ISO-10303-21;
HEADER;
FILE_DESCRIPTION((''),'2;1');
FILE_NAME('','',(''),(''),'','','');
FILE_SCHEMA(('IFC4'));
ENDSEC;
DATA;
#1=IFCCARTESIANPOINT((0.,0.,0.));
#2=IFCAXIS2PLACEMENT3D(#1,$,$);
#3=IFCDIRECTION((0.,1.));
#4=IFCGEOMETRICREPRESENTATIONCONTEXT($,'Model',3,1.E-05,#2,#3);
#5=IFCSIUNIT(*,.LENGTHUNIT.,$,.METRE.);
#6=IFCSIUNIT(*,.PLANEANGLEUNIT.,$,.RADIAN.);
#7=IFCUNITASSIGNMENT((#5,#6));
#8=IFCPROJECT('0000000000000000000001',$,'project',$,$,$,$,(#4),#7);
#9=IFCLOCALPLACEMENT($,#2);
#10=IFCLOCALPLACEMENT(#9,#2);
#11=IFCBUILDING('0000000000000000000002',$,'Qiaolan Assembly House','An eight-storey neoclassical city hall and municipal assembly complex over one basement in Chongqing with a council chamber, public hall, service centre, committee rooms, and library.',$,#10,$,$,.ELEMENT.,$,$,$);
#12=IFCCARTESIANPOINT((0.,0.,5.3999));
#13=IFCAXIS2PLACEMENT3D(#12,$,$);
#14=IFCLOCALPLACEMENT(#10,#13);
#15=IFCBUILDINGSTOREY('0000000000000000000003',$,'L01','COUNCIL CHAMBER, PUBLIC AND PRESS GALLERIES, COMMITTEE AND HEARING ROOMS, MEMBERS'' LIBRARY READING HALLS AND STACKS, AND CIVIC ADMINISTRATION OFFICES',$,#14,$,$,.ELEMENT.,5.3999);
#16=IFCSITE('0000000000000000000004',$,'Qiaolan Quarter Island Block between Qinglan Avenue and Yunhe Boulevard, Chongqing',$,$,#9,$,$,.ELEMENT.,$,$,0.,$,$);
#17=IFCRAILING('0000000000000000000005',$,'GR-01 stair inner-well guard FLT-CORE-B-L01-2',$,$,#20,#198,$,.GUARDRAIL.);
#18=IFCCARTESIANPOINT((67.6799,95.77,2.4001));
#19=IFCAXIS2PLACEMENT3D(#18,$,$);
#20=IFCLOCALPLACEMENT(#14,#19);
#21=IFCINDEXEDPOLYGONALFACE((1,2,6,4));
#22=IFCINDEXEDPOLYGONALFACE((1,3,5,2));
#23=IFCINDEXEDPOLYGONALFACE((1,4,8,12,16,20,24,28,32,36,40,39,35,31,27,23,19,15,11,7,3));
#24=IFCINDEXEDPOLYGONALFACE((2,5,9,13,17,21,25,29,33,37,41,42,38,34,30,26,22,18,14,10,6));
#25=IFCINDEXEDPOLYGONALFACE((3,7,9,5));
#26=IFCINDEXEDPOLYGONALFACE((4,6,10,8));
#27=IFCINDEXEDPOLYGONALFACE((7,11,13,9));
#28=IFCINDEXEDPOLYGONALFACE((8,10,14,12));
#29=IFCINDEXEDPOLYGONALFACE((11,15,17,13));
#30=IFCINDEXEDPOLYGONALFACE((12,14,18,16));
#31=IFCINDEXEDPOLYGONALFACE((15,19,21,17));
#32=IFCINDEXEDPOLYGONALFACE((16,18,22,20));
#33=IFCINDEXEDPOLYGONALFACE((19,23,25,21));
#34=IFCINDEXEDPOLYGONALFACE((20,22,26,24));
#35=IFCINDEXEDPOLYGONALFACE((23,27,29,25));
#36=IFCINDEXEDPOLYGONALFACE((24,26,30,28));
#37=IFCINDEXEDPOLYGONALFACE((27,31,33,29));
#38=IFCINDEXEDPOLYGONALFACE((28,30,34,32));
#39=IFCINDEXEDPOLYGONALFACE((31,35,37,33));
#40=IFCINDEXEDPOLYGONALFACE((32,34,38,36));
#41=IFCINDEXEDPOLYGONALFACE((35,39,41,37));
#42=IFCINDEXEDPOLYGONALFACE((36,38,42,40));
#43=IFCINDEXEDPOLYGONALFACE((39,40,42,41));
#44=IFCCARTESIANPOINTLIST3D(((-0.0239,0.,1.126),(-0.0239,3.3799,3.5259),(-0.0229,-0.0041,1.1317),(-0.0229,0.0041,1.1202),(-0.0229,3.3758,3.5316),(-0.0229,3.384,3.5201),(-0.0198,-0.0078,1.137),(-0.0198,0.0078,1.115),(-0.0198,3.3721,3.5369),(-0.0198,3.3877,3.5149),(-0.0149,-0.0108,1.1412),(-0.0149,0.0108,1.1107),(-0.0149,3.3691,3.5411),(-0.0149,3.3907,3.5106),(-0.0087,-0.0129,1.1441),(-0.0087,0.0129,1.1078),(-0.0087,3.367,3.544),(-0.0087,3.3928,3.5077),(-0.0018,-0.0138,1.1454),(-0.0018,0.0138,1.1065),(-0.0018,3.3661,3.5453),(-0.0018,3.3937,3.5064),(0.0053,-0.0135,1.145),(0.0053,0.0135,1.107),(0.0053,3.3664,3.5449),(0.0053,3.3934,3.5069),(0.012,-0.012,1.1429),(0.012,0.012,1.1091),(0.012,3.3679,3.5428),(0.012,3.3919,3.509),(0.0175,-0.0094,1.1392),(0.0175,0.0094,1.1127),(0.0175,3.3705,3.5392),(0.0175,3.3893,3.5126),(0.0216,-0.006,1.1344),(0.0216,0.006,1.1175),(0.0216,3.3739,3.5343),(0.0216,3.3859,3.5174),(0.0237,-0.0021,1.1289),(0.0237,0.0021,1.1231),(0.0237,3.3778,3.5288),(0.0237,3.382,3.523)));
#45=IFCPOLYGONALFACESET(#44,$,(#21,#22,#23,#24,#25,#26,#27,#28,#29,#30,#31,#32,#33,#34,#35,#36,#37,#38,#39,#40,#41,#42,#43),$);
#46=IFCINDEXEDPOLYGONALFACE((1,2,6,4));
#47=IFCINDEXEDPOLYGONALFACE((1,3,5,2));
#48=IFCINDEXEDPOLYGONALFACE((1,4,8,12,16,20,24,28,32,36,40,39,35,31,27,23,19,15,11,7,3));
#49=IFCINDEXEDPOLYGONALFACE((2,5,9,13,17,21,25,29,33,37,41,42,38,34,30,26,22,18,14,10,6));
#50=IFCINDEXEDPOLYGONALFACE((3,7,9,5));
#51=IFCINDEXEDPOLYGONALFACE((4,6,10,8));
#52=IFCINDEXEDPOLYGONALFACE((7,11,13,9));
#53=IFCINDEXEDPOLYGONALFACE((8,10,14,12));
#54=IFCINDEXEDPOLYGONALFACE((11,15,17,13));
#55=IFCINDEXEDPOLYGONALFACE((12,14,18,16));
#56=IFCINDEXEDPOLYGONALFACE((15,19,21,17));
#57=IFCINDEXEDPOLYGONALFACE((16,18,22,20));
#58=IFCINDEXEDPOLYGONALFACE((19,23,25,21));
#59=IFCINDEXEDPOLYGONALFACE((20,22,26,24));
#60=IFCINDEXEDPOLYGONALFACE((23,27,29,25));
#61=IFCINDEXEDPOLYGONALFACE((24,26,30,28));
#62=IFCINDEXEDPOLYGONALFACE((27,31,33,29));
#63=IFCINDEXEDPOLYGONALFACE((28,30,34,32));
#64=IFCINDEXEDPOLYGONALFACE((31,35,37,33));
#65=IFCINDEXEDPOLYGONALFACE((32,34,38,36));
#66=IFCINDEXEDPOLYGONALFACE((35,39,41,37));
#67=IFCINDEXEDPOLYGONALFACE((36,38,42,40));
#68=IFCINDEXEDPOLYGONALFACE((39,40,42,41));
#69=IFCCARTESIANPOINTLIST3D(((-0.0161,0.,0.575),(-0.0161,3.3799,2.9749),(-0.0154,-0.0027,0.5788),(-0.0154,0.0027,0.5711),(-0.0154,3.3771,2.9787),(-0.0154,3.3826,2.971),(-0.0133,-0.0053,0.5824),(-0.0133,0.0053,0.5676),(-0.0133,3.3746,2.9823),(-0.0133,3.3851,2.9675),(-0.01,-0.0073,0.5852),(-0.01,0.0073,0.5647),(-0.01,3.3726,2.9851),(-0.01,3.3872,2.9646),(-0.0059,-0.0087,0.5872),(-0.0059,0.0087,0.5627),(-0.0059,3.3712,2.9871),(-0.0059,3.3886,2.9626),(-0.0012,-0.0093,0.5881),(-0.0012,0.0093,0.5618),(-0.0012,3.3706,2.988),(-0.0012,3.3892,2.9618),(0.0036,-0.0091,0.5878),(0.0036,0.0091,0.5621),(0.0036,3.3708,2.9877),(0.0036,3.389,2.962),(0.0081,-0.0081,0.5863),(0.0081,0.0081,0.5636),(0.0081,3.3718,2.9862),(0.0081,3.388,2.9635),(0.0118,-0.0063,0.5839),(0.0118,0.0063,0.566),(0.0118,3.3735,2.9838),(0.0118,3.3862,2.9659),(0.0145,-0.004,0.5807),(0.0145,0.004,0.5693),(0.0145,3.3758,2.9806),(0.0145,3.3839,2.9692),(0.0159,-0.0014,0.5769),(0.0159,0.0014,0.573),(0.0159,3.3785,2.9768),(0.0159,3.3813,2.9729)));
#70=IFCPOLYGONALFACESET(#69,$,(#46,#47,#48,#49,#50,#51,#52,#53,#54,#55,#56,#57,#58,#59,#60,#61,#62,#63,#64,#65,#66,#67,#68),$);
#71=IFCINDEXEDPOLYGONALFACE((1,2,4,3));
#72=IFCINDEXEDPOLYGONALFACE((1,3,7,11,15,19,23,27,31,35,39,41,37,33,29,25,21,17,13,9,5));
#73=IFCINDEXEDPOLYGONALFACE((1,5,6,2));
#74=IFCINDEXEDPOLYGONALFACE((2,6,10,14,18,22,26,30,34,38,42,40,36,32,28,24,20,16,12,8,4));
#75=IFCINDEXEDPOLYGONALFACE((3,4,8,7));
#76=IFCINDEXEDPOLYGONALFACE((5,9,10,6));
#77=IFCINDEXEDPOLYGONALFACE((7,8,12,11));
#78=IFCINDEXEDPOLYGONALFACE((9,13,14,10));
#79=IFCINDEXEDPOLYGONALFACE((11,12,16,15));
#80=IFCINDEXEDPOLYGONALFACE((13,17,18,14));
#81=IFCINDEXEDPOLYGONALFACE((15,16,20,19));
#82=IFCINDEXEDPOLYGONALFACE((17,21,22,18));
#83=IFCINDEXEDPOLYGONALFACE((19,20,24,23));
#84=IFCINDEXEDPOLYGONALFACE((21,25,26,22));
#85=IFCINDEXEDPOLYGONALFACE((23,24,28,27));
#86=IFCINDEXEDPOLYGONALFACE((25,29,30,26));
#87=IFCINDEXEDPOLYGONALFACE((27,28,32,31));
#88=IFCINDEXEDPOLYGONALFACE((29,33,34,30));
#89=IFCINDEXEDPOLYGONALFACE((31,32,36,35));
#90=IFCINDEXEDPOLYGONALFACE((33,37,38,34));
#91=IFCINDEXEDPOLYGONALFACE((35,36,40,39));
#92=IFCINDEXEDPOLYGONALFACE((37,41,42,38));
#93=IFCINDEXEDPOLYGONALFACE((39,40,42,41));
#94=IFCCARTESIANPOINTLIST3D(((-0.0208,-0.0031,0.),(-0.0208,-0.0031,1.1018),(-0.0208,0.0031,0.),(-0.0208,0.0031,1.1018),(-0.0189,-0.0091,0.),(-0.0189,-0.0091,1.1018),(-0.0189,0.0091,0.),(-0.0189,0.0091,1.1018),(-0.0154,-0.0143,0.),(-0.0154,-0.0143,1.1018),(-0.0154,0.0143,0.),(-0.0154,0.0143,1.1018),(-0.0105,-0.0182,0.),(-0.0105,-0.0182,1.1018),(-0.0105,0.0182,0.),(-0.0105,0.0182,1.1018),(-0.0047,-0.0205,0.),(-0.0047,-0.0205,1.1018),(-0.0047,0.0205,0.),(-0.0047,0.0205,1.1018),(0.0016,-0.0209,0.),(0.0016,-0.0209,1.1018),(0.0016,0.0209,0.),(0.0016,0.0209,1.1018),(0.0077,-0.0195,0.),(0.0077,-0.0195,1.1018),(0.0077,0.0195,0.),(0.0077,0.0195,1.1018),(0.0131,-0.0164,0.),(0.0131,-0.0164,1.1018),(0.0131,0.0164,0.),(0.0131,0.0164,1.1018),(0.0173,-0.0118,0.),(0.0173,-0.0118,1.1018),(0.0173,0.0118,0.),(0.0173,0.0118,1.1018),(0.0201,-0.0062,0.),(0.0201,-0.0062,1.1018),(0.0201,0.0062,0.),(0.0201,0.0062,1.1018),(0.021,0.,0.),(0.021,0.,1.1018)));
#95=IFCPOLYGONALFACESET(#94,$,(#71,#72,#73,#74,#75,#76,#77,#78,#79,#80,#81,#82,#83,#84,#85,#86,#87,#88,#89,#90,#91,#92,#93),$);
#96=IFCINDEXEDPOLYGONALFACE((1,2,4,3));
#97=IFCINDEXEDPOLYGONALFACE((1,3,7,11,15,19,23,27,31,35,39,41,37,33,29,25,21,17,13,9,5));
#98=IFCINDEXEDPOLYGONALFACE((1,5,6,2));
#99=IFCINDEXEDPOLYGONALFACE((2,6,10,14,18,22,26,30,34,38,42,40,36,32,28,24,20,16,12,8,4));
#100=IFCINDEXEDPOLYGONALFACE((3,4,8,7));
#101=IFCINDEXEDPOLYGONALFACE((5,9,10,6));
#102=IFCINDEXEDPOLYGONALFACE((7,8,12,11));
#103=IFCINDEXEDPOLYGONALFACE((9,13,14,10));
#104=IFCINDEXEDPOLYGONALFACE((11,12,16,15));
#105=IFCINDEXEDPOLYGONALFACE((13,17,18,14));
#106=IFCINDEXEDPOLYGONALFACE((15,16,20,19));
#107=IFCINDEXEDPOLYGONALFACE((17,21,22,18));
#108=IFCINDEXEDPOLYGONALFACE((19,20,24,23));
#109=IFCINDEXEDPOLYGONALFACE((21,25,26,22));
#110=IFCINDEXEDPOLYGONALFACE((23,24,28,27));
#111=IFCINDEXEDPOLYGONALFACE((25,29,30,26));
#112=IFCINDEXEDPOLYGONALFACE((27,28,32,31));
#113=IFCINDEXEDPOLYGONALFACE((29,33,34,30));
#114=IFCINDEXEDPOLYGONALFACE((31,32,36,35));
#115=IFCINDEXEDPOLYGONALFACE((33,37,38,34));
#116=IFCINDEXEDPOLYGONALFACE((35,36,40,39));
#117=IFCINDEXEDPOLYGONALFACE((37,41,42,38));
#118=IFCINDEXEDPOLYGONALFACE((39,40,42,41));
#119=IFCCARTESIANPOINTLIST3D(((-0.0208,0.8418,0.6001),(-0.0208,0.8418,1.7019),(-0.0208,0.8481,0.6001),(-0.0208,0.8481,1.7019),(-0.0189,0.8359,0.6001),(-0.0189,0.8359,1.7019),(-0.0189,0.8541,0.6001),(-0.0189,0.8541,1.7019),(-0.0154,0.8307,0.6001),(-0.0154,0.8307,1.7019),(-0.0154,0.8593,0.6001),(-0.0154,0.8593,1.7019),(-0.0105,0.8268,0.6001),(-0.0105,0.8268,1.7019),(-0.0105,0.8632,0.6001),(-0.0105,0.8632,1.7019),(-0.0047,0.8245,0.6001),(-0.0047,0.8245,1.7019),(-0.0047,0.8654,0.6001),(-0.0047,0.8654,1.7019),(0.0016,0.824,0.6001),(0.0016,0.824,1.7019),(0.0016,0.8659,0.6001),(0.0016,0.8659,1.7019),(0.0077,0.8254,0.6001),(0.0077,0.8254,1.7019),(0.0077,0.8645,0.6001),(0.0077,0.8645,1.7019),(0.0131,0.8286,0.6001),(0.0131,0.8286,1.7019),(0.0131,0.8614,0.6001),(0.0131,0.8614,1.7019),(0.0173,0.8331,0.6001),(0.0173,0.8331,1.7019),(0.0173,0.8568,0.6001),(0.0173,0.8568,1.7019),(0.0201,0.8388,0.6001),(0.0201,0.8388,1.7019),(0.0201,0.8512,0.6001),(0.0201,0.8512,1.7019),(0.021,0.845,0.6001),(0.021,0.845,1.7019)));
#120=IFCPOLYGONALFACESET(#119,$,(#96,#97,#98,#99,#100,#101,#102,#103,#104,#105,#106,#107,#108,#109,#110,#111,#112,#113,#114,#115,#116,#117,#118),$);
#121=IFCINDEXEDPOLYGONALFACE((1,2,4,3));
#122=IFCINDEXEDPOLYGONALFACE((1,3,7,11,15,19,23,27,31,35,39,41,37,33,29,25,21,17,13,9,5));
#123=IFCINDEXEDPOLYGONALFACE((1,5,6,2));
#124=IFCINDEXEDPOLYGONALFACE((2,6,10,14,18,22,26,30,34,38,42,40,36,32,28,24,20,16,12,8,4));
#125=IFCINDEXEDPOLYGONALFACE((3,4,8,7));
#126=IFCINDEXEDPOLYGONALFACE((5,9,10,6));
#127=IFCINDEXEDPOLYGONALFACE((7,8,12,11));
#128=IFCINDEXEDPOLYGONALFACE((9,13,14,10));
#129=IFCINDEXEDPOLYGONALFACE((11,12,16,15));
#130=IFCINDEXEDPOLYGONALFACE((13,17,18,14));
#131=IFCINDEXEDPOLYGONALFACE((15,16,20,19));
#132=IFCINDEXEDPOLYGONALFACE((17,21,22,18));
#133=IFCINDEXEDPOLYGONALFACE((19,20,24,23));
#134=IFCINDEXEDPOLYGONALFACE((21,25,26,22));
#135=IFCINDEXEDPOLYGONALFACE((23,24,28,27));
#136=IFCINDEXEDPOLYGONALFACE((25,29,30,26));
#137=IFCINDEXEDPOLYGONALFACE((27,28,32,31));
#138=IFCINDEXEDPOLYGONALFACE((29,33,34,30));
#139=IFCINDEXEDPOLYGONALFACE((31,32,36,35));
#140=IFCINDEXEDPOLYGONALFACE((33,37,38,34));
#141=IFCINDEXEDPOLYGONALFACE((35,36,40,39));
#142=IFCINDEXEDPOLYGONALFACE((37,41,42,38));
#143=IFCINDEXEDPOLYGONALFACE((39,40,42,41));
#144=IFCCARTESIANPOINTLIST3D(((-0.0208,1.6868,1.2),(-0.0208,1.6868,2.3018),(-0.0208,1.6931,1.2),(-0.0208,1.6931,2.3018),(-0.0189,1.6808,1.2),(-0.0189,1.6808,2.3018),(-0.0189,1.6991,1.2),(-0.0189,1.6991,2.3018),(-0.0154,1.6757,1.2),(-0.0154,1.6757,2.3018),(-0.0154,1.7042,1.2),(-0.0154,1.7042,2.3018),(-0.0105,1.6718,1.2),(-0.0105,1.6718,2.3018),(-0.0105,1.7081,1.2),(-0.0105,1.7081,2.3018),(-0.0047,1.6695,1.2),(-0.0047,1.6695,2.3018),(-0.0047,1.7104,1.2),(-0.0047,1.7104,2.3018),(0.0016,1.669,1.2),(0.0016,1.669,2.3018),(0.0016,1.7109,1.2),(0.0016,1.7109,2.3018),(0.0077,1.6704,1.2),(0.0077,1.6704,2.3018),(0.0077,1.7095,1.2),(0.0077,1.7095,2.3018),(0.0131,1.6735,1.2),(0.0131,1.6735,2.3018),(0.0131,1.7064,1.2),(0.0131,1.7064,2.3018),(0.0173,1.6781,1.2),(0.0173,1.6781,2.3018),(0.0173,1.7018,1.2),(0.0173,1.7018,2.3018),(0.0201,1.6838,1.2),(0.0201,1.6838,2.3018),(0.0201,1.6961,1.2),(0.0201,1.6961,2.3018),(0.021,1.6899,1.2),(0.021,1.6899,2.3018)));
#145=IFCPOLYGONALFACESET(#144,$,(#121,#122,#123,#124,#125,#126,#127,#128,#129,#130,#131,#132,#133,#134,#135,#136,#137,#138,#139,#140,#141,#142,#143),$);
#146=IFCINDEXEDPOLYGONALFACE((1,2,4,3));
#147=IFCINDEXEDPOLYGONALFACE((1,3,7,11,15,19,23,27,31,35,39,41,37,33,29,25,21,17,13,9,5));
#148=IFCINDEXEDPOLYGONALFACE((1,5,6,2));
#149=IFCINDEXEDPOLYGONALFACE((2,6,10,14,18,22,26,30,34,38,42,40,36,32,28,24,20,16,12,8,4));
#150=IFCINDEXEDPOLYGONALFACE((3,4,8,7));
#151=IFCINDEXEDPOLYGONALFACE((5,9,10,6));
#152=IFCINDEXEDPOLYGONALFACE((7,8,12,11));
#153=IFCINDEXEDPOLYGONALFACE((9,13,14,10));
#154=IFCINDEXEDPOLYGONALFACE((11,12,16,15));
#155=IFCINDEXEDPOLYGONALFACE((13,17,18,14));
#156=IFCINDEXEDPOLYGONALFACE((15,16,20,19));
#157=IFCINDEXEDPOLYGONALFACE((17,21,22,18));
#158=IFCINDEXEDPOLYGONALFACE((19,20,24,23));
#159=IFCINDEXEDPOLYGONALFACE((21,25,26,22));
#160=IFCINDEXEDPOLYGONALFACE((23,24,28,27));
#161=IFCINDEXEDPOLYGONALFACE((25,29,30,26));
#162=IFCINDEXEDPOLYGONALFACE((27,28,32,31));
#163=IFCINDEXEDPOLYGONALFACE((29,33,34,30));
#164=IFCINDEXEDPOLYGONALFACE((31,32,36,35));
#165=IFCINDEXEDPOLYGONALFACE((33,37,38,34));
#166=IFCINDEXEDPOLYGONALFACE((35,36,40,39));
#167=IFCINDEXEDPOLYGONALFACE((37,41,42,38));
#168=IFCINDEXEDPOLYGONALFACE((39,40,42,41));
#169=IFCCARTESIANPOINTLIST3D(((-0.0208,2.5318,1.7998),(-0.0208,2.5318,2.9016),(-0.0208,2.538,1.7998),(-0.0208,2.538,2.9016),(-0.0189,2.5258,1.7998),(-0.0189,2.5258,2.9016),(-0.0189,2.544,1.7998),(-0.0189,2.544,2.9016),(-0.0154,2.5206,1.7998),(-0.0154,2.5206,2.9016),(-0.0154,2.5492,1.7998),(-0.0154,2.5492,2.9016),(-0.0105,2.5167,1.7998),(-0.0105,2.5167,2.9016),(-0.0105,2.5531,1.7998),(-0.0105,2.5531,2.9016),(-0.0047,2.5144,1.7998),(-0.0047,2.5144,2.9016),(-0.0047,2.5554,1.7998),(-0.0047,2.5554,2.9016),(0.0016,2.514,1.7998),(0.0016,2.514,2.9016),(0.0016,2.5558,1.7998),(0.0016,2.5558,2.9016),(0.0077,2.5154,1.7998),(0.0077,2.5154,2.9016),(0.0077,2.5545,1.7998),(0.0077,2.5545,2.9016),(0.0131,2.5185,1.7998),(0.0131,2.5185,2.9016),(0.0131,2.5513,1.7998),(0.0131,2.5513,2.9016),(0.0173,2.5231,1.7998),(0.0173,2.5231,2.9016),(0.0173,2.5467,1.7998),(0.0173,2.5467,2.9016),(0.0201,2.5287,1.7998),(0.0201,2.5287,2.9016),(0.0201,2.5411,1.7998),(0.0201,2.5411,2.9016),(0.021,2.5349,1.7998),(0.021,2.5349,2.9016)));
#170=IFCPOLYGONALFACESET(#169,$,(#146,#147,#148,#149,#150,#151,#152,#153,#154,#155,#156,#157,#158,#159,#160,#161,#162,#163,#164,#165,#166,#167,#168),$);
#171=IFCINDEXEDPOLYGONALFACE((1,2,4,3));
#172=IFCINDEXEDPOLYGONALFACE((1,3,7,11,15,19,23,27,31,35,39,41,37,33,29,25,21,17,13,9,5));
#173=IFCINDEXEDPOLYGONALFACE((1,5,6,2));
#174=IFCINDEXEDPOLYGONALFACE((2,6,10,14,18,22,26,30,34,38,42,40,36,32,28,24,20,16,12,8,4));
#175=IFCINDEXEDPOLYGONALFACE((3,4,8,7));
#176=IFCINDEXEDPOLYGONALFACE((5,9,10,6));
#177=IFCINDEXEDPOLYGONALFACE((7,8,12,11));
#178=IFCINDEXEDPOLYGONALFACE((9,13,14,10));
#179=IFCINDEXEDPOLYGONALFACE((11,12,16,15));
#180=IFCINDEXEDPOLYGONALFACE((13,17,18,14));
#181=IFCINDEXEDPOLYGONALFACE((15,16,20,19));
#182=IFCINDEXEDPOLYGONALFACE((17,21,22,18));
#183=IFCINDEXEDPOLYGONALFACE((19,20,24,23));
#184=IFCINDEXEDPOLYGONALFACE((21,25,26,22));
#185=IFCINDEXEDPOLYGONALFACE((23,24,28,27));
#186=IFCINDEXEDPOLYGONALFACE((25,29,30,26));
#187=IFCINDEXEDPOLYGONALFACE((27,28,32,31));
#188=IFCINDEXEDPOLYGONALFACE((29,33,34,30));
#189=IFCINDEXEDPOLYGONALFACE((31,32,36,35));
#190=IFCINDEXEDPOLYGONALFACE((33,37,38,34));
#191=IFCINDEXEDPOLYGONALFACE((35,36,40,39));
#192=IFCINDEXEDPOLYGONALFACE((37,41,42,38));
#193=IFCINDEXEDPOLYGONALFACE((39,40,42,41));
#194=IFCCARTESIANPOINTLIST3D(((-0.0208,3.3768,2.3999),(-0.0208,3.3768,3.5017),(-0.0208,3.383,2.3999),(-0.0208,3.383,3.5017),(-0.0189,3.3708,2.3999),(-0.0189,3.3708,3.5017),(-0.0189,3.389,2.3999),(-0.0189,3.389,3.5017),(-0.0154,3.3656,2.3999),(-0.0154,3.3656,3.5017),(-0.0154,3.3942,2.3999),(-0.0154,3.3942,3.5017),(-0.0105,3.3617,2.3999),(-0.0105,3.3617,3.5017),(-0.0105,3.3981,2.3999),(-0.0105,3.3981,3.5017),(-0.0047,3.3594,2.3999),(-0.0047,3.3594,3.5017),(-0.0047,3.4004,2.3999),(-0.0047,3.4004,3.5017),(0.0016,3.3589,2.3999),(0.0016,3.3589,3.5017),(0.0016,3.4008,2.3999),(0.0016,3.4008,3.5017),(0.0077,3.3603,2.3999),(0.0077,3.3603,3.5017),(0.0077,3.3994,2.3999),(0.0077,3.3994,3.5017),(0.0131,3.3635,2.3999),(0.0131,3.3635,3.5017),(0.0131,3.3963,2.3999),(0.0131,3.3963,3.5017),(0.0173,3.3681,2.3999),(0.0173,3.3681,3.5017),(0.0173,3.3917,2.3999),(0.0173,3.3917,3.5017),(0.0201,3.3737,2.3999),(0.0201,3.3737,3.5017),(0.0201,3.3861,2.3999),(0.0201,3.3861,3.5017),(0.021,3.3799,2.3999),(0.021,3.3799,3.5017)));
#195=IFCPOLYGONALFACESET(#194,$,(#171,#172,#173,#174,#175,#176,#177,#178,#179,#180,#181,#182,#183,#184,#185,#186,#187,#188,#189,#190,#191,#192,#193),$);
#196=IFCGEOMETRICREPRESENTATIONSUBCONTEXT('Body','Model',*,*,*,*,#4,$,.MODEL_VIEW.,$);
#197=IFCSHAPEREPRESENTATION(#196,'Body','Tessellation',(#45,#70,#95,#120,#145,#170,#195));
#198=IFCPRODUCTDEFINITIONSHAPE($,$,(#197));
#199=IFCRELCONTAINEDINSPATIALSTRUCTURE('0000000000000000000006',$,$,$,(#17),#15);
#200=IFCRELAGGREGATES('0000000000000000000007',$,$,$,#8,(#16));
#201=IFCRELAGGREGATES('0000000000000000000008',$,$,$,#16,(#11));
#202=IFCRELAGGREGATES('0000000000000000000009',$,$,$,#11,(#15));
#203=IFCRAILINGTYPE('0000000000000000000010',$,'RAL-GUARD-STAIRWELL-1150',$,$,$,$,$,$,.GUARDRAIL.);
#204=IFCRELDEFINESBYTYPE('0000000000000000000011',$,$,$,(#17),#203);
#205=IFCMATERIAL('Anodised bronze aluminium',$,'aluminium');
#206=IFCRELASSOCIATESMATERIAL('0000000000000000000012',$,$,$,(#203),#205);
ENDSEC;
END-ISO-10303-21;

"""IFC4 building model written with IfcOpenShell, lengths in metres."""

from ifc_helpers import new_model, si_unit, direction, frame, origin, origin_2d, place, context, subcontext, project, spatial, circle, extrude, material, type_object, element, save


model = new_model("IFC4")

# Units and contexts
model_context = context("Model", 3, precision=1e-05, world=origin(), true_north=direction((0.0, 1.0)))
body_context = subcontext(model_context, "Body", "Model", "MODEL_VIEW")
ifc_project = project(units=[si_unit("LENGTHUNIT", "METRE"), si_unit("PLANEANGLEUNIT", "RADIAN")], contexts=[model_context])

# Site, building, storey
site_placement = place(None, origin())
site = spatial("IfcSite", under=ifc_project, at=site_placement, Name="Qiaolan Quarter Island Block between Qinglan Avenue and Yunhe Boulevard, Chongqing", CompositionType="ELEMENT", RefElevation=0.0)
building_placement = place(site_placement, origin())
building = spatial("IfcBuilding", under=site, at=building_placement, Name="Qiaolan Assembly House", Description="An eight-storey neoclassical city hall and municipal assembly complex over one basement in Chongqing with a council chamber, public hall, service centre, committee rooms, and library.", CompositionType="ELEMENT")
storey_placement = place(building_placement, frame((0.0, 0.0, 5.3999)))
storey = spatial("IfcBuildingStorey", under=building, at=storey_placement, Name="L01", Description="COUNCIL CHAMBER, PUBLIC AND PRESS GALLERIES, COMMITTEE AND HEARING ROOMS, MEMBERS' LIBRARY READING HALLS AND STACKS, AND CIVIC ADMINISTRATION OFFICES", CompositionType="ELEMENT", Elevation=5.3999)

# Railing
ifc_material_1 = material(Name="Anodised bronze aluminium", Category="aluminium")
railing_type_1 = type_object("IfcRailingType", Name="RAL-GUARD-STAIRWELL-1150", PredefinedType="GUARDRAIL", material=ifc_material_1)
railing_1_placement = place(storey_placement, frame((67.6799, 95.77, 2.4001)))
element("IfcRailing", 1, at=railing_1_placement, inside=storey, type_object=railing_type_1, Name="GR-01 stair inner-well guard FLT-CORE-B-L01-2", PredefinedType="GUARDRAIL", context=body_context, shape_type="SweptSolid", body=[
    extrude(circle(Radius=0.0239, at=origin_2d()), frame((0.0, 0.0, 1.126), z_axis=(0.0, 0.815362, 0.578952), x_axis=(-1.0, 0.0, 0.0)), (0.0, 0.0, 1.0), 4.1453),
    extrude(circle(Radius=0.0161, at=origin_2d()), frame((0.0, 0.0, 0.575), z_axis=(0.0, 0.815362, 0.578952), x_axis=(-1.0, 0.0, 0.0)), (0.0, 0.0, 1.0), 4.1453),
    extrude(circle(Radius=0.021, at=origin_2d()), origin(), (0.0, 0.0, 1.0), 1.1018),
    extrude(circle(Radius=0.021, at=origin_2d()), frame((0.0, 0.845, 0.6001)), (0.0, 0.0, 1.0), 1.1018),
    extrude(circle(Radius=0.021, at=origin_2d()), frame((0.0, 1.6899, 1.2)), (0.0, 0.0, 1.0), 1.1018),
    extrude(circle(Radius=0.021, at=origin_2d()), frame((0.0, 2.5349, 1.7998)), (0.0, 0.0, 1.0), 1.1018),
    extrude(circle(Radius=0.021, at=origin_2d()), frame((0.0, 3.3799, 2.3999)), (0.0, 0.0, 1.0), 1.1018),
])

save(model, "model.ifc")
